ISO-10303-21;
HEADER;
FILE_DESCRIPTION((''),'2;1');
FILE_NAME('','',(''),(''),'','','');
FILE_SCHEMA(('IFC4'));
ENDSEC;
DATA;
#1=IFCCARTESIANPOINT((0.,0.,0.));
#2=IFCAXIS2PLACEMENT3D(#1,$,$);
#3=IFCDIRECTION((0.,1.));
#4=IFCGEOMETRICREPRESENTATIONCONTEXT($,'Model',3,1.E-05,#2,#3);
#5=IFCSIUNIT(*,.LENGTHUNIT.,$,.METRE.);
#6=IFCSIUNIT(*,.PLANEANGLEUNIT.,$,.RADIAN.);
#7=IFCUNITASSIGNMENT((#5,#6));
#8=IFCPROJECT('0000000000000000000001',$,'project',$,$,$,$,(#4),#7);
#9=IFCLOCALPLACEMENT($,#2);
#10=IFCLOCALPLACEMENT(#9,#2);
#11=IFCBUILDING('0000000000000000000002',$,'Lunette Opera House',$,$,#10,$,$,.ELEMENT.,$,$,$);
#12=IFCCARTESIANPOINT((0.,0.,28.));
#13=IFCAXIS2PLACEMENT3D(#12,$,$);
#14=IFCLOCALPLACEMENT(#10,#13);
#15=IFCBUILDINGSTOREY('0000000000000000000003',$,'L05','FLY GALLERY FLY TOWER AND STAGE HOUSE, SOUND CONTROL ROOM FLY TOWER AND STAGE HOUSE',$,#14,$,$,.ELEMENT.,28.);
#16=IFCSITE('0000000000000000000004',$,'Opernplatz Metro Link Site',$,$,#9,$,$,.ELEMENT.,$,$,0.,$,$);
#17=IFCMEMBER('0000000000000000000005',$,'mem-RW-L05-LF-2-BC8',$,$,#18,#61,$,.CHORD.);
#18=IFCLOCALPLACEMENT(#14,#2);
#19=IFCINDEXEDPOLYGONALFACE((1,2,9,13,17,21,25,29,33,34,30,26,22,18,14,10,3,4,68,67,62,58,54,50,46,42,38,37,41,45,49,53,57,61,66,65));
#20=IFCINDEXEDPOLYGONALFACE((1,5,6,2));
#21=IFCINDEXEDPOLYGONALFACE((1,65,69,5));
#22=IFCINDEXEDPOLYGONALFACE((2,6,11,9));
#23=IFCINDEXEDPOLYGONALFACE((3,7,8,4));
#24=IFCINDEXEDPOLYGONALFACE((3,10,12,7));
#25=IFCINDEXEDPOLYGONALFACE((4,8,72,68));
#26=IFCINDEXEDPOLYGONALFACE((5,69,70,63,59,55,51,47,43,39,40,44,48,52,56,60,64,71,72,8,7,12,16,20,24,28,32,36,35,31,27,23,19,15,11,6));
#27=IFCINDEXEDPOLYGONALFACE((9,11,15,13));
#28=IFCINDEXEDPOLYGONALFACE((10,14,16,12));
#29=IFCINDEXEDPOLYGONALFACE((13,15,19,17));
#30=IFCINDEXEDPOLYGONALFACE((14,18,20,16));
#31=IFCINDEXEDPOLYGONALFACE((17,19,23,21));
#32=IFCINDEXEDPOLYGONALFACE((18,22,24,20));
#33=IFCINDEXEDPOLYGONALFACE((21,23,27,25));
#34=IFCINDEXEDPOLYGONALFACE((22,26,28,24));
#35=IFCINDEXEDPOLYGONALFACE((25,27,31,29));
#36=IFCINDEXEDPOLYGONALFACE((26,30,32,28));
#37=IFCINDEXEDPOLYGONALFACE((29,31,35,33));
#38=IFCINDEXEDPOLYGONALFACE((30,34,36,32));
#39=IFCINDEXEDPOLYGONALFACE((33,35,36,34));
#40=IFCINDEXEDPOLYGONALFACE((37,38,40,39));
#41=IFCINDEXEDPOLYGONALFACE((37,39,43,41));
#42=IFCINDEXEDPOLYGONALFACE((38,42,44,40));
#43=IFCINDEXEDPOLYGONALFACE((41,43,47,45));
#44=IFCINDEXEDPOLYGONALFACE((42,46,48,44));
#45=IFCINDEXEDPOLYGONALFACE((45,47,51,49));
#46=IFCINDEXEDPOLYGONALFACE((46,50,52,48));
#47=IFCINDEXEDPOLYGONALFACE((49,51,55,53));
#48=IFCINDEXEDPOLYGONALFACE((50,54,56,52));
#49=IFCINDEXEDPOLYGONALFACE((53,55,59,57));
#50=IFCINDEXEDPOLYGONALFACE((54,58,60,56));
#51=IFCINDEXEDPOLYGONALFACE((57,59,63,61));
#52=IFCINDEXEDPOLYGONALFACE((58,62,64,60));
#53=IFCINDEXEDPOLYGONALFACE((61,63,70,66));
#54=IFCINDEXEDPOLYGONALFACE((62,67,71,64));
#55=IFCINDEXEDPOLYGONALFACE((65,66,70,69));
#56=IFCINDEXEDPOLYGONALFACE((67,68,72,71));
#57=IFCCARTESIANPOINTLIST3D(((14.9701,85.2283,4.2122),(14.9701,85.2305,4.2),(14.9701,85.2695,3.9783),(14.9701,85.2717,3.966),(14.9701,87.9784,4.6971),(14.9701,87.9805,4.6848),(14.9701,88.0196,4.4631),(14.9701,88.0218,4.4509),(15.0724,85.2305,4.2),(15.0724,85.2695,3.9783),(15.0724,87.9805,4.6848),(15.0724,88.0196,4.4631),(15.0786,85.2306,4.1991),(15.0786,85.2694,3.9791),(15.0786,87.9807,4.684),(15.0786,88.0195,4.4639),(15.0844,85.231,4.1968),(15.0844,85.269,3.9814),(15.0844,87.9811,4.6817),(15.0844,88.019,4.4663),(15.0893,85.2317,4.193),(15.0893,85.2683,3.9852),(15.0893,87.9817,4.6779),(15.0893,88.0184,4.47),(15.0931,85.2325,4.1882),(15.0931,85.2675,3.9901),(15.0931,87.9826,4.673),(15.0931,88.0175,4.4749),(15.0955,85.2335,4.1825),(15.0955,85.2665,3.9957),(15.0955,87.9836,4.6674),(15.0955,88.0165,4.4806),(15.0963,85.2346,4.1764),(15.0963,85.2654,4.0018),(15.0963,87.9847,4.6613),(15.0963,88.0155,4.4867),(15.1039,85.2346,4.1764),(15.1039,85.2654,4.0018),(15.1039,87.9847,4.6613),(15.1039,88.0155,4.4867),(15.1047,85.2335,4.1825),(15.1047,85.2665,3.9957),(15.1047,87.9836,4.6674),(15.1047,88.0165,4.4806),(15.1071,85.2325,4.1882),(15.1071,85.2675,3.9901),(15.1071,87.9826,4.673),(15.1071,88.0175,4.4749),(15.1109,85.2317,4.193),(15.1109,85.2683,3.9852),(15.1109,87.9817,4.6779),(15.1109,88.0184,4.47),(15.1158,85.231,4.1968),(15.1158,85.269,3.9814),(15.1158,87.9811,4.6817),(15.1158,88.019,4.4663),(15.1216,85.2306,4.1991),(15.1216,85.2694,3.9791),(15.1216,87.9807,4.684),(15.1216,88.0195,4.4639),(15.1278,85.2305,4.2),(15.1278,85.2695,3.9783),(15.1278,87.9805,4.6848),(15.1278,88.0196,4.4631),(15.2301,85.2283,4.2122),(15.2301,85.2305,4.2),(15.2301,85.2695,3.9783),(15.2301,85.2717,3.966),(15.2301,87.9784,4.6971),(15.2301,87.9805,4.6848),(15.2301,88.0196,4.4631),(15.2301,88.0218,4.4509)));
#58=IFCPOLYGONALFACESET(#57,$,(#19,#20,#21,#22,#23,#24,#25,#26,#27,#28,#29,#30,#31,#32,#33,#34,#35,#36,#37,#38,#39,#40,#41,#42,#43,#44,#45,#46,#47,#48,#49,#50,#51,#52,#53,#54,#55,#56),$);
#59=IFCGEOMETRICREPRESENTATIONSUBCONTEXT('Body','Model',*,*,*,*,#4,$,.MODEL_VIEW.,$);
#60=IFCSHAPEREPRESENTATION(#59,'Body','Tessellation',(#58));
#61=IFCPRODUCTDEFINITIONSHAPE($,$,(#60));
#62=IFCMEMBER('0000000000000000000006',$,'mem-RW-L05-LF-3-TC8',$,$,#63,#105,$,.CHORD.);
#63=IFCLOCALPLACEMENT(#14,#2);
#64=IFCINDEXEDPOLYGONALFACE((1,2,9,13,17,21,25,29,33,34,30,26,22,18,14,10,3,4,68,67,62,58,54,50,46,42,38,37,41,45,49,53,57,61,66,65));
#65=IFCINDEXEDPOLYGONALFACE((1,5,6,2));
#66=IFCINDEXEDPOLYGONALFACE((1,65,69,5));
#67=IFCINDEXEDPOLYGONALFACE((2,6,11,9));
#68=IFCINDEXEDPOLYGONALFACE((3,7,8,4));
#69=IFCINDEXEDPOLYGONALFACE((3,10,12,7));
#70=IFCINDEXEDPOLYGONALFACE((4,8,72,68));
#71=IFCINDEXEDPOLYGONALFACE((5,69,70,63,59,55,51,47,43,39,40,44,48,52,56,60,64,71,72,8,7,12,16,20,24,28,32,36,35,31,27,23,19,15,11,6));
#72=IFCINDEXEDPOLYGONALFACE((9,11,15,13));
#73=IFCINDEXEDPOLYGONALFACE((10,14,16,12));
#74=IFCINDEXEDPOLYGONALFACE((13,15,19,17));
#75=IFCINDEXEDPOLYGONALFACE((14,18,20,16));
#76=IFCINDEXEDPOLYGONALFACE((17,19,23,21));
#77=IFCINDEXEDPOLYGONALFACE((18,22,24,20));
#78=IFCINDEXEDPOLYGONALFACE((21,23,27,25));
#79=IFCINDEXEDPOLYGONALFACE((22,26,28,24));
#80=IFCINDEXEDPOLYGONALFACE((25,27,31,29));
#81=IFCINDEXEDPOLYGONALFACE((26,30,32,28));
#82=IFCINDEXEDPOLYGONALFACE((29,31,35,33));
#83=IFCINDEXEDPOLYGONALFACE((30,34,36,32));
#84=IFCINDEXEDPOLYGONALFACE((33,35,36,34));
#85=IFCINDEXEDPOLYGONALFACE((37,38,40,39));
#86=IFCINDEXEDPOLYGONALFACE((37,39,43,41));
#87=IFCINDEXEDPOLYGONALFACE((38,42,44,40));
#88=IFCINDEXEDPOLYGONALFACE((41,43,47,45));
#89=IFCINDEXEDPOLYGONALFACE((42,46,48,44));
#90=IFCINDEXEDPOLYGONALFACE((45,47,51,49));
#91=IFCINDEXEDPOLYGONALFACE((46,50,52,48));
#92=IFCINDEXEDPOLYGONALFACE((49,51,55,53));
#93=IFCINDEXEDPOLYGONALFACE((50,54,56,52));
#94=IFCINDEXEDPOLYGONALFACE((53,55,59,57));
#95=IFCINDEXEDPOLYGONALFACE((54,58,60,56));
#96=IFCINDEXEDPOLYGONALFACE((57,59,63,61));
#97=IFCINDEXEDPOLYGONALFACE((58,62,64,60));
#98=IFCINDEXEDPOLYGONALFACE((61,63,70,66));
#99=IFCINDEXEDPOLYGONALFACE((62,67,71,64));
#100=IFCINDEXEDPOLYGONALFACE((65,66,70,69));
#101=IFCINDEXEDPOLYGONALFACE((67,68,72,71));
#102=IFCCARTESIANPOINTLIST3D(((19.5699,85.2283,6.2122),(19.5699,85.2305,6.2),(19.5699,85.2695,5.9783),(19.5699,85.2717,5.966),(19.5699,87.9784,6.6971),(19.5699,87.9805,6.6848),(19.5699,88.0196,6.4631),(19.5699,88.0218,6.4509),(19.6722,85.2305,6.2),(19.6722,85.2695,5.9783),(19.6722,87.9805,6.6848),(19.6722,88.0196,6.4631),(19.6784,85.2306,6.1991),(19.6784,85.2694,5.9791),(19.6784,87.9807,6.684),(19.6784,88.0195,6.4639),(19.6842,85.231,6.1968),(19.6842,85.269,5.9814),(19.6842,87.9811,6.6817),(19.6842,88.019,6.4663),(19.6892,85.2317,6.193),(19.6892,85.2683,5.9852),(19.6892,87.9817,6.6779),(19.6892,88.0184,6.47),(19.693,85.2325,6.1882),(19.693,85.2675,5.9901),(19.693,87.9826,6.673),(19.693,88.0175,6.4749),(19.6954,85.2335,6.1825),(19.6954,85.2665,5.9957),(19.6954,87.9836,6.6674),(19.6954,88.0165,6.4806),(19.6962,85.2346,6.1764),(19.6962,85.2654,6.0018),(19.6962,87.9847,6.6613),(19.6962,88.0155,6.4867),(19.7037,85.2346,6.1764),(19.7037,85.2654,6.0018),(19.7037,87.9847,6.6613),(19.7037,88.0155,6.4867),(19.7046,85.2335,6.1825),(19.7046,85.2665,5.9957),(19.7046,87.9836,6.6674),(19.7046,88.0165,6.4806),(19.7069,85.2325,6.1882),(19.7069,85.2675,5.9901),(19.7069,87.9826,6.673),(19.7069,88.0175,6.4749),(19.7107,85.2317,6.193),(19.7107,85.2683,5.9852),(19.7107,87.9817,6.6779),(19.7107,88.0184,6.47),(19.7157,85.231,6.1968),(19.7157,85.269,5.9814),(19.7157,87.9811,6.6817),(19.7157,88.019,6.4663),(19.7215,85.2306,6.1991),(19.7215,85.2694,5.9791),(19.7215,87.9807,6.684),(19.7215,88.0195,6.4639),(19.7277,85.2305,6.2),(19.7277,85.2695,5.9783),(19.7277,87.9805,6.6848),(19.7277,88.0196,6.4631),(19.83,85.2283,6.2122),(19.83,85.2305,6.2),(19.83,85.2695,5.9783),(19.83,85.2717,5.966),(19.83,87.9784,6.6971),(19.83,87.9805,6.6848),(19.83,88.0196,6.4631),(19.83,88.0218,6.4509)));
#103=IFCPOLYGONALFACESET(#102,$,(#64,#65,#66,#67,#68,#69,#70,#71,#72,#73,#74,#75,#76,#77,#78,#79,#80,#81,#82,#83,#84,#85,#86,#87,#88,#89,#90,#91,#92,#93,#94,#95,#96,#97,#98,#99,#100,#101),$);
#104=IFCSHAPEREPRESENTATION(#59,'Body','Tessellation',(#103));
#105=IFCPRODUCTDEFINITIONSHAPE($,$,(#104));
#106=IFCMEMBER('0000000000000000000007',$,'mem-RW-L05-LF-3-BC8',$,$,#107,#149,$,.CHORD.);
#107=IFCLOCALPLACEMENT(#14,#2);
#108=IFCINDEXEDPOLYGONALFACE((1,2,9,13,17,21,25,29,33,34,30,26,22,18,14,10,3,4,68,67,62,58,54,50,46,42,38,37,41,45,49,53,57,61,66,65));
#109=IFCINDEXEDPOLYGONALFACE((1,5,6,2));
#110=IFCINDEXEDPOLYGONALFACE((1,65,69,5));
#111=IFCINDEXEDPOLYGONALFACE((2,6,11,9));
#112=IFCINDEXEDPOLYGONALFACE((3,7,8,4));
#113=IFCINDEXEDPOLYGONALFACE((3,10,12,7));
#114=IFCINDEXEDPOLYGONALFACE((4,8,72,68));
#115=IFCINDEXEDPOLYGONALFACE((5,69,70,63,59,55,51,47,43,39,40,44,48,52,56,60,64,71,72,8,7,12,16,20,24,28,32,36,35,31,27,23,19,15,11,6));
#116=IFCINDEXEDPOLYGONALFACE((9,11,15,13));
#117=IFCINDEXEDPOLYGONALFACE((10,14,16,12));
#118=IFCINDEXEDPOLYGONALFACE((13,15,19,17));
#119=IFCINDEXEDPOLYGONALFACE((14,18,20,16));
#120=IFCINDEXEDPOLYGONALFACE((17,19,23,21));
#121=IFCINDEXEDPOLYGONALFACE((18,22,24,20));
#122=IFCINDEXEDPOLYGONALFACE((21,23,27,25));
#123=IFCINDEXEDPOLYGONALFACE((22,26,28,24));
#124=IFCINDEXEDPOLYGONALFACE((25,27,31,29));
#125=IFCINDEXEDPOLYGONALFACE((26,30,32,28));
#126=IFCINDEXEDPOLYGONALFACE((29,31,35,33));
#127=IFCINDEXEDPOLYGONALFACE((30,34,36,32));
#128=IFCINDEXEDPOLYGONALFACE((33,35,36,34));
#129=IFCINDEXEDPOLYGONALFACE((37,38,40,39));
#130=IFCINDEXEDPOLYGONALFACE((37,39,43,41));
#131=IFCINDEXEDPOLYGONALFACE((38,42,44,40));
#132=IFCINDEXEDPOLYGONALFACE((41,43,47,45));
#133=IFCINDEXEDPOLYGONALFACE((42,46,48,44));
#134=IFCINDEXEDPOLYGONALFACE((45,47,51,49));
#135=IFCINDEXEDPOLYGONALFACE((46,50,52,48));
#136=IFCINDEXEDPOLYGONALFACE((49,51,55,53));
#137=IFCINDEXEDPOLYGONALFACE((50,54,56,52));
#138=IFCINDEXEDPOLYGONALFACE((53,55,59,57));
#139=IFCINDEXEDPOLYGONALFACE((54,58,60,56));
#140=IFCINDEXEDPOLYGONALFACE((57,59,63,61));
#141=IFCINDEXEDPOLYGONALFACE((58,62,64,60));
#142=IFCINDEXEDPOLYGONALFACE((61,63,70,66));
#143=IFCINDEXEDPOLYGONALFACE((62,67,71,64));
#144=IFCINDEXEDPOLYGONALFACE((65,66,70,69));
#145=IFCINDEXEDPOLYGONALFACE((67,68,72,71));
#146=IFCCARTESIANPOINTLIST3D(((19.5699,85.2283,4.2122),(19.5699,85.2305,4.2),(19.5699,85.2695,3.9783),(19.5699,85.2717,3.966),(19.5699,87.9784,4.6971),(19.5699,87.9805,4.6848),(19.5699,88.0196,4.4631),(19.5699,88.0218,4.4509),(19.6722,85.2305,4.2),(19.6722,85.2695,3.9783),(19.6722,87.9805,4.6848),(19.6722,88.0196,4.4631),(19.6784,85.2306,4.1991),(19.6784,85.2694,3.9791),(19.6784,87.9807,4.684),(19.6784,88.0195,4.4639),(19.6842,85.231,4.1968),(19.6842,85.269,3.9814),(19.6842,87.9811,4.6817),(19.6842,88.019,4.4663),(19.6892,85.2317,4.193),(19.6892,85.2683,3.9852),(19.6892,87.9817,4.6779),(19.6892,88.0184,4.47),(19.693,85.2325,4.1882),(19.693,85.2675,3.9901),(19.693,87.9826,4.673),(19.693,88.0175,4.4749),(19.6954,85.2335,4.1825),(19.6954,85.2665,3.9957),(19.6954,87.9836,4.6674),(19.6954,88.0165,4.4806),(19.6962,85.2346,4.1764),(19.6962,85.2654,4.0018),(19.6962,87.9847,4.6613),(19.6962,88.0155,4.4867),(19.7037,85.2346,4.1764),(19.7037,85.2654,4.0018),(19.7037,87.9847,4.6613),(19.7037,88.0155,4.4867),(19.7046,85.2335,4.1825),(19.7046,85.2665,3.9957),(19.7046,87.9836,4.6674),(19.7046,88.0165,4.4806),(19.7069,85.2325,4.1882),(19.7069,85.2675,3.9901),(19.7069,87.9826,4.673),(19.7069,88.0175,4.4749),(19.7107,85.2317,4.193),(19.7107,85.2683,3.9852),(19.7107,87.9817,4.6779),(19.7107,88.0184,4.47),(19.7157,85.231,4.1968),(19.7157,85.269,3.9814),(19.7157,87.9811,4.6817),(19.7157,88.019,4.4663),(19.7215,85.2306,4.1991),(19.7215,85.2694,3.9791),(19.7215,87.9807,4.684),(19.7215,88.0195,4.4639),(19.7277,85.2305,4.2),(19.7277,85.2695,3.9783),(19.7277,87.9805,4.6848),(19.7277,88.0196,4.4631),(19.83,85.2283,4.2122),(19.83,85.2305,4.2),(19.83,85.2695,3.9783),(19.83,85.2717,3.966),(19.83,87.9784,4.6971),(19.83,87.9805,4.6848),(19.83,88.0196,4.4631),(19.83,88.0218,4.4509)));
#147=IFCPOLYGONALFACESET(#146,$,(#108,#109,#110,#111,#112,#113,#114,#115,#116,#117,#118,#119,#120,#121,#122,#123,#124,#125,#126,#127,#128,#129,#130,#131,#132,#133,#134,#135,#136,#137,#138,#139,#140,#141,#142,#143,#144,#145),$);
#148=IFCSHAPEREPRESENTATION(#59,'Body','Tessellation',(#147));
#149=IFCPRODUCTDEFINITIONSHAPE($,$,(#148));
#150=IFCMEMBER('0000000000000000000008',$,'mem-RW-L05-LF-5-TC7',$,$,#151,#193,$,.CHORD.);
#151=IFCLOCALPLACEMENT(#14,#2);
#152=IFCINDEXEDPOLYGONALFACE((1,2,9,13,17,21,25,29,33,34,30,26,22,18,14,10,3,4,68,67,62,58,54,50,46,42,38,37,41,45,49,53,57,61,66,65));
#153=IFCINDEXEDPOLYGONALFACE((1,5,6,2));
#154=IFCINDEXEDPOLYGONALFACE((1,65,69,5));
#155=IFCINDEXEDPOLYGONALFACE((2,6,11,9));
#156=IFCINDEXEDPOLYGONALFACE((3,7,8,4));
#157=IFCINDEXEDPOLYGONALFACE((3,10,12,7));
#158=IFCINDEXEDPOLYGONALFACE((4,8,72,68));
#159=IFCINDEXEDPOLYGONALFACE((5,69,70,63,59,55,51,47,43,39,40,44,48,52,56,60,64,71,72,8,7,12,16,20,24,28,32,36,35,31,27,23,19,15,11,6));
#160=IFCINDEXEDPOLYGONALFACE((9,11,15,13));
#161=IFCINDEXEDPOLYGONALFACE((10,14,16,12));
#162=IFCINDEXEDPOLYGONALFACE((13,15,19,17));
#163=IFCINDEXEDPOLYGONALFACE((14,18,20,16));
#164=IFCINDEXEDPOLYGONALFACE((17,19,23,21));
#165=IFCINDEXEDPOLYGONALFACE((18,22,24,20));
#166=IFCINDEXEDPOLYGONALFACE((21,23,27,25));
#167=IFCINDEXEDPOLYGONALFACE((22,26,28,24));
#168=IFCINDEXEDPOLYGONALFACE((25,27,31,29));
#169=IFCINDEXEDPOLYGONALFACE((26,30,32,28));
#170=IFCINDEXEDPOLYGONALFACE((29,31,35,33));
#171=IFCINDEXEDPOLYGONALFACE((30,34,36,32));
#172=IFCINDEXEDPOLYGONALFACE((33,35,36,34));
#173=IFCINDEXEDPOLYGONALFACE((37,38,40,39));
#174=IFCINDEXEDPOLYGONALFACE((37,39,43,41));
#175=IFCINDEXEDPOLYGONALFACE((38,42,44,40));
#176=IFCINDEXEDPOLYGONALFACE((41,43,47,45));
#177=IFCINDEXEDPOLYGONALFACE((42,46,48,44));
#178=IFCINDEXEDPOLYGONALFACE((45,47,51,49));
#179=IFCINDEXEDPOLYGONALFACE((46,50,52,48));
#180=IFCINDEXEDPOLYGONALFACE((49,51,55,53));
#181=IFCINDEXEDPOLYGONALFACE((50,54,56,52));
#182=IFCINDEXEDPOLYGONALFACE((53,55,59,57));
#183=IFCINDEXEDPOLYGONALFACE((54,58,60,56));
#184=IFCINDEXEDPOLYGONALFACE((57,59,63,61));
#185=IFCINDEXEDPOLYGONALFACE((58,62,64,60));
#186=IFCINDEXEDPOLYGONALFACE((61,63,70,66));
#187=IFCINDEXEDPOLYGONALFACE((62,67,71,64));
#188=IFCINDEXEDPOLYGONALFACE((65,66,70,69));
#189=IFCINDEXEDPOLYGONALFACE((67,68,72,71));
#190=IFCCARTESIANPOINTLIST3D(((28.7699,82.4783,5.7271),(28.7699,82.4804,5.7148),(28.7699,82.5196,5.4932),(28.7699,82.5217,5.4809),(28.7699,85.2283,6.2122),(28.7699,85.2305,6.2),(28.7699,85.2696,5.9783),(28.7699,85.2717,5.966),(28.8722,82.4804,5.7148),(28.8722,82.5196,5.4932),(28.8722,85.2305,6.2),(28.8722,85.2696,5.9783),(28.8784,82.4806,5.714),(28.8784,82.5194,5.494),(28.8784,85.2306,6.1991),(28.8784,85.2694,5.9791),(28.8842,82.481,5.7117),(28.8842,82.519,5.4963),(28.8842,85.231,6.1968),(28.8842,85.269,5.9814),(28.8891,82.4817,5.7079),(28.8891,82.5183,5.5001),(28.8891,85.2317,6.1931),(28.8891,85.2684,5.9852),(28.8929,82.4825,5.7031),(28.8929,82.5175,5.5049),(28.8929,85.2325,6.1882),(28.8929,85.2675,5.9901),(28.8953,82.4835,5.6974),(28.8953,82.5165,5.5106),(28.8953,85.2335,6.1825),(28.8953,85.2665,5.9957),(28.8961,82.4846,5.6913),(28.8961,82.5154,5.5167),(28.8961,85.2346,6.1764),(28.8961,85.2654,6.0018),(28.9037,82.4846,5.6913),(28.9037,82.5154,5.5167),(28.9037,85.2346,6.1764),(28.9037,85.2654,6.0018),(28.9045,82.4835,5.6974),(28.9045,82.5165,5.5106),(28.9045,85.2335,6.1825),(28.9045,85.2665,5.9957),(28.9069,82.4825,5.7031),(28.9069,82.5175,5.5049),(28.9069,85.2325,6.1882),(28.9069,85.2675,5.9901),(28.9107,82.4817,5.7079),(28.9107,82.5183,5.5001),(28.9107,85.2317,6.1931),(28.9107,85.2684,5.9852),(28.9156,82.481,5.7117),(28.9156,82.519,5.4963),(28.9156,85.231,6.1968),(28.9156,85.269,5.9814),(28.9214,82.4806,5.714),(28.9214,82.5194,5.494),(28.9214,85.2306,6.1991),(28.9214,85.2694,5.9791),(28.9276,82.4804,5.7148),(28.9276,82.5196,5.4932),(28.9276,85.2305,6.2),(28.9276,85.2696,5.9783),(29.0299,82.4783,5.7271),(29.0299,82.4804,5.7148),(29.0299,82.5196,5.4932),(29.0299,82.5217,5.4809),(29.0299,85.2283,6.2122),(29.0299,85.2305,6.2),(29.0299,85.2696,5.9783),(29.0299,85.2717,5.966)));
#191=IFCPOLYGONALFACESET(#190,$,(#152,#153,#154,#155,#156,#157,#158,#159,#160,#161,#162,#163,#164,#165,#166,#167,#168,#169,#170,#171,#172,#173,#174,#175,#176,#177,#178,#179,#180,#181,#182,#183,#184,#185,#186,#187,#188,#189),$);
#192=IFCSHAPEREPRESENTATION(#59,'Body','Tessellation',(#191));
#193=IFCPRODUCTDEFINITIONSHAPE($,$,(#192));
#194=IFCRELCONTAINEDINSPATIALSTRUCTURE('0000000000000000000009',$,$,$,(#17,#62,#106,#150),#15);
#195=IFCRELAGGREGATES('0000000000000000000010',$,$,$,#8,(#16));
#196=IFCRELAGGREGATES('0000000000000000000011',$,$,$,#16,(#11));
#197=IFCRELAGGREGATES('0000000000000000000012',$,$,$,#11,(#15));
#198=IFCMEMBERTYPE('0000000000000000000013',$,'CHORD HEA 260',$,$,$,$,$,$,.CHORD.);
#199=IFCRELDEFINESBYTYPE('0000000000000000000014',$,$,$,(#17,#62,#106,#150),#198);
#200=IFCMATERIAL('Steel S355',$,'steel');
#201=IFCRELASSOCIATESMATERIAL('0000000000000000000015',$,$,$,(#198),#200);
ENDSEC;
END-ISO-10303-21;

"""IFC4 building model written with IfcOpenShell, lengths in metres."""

from ifc_helpers import new_model, si_unit, direction, frame, origin, origin_2d, place, context, subcontext, project, spatial, i_section, extrude, material, material_profile, profile_set, type_object, element, save


model = new_model("IFC4")

# Units and contexts
model_context = context("Model", 3, precision=1e-05, world=origin(), true_north=direction((0.0, 1.0)))
body_context = subcontext(model_context, "Body", "Model", "MODEL_VIEW")
ifc_project = project(units=[si_unit("LENGTHUNIT", "METRE"), si_unit("PLANEANGLEUNIT", "RADIAN")], contexts=[model_context])

# Site, building, storey
site_placement = place(None, origin())
site = spatial("IfcSite", under=ifc_project, at=site_placement, Name="Opernplatz Metro Link Site", CompositionType="ELEMENT", RefElevation=0.0)
building_placement = place(site_placement, origin())
building = spatial("IfcBuilding", under=site, at=building_placement, Name="Lunette Opera House", CompositionType="ELEMENT")
storey_placement = place(building_placement, frame((0.0, 0.0, 28.0)))
storey = spatial("IfcBuildingStorey", under=building, at=storey_placement, Name="L05", Description="FLY GALLERY FLY TOWER AND STAGE HOUSE, SOUND CONTROL ROOM FLY TOWER AND STAGE HOUSE", CompositionType="ELEMENT", Elevation=28.0)

# Members
ifc_material_1 = material(Name="Steel S355", Category="steel")
ifc_material_profile_1 = material_profile(ifc_material_1, i_section(OverallWidth=0.26, OverallDepth=0.25, WebThickness=0.0076, FlangeThickness=0.0125, FilletRadius=0.0239, at=origin_2d()), Name="HEA 260")
ifc_profile_set_1 = profile_set([ifc_material_profile_1], Name="Steel S355")
member_type_1 = type_object("IfcMemberType", Name="CHORD HEA 260", PredefinedType="CHORD", material=ifc_profile_set_1)
for number, where, z_axis, x_axis, name in (
    (1, (15.1001, 85.25, 4.0891), (0.0, 0.98481, 0.173636), (-1.0, 0.0, 0.0), "mem-RW-L05-LF-2-BC8"),
    (2, (19.7, 85.25, 6.0891), (0.0, 0.98481, 0.173636), (-1.0, 0.0, 0.0), "mem-RW-L05-LF-3-TC8"),
    (3, (19.7, 85.25, 4.0891), (0.0, 0.98481, 0.173636), (-1.0, 0.0, 0.0), "mem-RW-L05-LF-3-BC8"),
    (4, (28.8999, 82.5, 5.604), (0.0, 0.984795, 0.17372), (-1.0, 0.0, 0.0), "mem-RW-L05-LF-5-TC7"),
):
    element("IfcMember", number, at=place(storey_placement, frame(where, z_axis=z_axis, x_axis=x_axis)), inside=storey, type_object=member_type_1, Name=name, PredefinedType="CHORD", context=body_context, shape_type="SweptSolid", body=[
        extrude(i_section(OverallWidth=0.26, OverallDepth=0.25, WebThickness=0.0076, FlangeThickness=0.0125, FilletRadius=0.0239, at=origin_2d()), origin(), (0.0, 0.0, 1.0), 2.7925),
    ])

save(model, "model.ifc")
